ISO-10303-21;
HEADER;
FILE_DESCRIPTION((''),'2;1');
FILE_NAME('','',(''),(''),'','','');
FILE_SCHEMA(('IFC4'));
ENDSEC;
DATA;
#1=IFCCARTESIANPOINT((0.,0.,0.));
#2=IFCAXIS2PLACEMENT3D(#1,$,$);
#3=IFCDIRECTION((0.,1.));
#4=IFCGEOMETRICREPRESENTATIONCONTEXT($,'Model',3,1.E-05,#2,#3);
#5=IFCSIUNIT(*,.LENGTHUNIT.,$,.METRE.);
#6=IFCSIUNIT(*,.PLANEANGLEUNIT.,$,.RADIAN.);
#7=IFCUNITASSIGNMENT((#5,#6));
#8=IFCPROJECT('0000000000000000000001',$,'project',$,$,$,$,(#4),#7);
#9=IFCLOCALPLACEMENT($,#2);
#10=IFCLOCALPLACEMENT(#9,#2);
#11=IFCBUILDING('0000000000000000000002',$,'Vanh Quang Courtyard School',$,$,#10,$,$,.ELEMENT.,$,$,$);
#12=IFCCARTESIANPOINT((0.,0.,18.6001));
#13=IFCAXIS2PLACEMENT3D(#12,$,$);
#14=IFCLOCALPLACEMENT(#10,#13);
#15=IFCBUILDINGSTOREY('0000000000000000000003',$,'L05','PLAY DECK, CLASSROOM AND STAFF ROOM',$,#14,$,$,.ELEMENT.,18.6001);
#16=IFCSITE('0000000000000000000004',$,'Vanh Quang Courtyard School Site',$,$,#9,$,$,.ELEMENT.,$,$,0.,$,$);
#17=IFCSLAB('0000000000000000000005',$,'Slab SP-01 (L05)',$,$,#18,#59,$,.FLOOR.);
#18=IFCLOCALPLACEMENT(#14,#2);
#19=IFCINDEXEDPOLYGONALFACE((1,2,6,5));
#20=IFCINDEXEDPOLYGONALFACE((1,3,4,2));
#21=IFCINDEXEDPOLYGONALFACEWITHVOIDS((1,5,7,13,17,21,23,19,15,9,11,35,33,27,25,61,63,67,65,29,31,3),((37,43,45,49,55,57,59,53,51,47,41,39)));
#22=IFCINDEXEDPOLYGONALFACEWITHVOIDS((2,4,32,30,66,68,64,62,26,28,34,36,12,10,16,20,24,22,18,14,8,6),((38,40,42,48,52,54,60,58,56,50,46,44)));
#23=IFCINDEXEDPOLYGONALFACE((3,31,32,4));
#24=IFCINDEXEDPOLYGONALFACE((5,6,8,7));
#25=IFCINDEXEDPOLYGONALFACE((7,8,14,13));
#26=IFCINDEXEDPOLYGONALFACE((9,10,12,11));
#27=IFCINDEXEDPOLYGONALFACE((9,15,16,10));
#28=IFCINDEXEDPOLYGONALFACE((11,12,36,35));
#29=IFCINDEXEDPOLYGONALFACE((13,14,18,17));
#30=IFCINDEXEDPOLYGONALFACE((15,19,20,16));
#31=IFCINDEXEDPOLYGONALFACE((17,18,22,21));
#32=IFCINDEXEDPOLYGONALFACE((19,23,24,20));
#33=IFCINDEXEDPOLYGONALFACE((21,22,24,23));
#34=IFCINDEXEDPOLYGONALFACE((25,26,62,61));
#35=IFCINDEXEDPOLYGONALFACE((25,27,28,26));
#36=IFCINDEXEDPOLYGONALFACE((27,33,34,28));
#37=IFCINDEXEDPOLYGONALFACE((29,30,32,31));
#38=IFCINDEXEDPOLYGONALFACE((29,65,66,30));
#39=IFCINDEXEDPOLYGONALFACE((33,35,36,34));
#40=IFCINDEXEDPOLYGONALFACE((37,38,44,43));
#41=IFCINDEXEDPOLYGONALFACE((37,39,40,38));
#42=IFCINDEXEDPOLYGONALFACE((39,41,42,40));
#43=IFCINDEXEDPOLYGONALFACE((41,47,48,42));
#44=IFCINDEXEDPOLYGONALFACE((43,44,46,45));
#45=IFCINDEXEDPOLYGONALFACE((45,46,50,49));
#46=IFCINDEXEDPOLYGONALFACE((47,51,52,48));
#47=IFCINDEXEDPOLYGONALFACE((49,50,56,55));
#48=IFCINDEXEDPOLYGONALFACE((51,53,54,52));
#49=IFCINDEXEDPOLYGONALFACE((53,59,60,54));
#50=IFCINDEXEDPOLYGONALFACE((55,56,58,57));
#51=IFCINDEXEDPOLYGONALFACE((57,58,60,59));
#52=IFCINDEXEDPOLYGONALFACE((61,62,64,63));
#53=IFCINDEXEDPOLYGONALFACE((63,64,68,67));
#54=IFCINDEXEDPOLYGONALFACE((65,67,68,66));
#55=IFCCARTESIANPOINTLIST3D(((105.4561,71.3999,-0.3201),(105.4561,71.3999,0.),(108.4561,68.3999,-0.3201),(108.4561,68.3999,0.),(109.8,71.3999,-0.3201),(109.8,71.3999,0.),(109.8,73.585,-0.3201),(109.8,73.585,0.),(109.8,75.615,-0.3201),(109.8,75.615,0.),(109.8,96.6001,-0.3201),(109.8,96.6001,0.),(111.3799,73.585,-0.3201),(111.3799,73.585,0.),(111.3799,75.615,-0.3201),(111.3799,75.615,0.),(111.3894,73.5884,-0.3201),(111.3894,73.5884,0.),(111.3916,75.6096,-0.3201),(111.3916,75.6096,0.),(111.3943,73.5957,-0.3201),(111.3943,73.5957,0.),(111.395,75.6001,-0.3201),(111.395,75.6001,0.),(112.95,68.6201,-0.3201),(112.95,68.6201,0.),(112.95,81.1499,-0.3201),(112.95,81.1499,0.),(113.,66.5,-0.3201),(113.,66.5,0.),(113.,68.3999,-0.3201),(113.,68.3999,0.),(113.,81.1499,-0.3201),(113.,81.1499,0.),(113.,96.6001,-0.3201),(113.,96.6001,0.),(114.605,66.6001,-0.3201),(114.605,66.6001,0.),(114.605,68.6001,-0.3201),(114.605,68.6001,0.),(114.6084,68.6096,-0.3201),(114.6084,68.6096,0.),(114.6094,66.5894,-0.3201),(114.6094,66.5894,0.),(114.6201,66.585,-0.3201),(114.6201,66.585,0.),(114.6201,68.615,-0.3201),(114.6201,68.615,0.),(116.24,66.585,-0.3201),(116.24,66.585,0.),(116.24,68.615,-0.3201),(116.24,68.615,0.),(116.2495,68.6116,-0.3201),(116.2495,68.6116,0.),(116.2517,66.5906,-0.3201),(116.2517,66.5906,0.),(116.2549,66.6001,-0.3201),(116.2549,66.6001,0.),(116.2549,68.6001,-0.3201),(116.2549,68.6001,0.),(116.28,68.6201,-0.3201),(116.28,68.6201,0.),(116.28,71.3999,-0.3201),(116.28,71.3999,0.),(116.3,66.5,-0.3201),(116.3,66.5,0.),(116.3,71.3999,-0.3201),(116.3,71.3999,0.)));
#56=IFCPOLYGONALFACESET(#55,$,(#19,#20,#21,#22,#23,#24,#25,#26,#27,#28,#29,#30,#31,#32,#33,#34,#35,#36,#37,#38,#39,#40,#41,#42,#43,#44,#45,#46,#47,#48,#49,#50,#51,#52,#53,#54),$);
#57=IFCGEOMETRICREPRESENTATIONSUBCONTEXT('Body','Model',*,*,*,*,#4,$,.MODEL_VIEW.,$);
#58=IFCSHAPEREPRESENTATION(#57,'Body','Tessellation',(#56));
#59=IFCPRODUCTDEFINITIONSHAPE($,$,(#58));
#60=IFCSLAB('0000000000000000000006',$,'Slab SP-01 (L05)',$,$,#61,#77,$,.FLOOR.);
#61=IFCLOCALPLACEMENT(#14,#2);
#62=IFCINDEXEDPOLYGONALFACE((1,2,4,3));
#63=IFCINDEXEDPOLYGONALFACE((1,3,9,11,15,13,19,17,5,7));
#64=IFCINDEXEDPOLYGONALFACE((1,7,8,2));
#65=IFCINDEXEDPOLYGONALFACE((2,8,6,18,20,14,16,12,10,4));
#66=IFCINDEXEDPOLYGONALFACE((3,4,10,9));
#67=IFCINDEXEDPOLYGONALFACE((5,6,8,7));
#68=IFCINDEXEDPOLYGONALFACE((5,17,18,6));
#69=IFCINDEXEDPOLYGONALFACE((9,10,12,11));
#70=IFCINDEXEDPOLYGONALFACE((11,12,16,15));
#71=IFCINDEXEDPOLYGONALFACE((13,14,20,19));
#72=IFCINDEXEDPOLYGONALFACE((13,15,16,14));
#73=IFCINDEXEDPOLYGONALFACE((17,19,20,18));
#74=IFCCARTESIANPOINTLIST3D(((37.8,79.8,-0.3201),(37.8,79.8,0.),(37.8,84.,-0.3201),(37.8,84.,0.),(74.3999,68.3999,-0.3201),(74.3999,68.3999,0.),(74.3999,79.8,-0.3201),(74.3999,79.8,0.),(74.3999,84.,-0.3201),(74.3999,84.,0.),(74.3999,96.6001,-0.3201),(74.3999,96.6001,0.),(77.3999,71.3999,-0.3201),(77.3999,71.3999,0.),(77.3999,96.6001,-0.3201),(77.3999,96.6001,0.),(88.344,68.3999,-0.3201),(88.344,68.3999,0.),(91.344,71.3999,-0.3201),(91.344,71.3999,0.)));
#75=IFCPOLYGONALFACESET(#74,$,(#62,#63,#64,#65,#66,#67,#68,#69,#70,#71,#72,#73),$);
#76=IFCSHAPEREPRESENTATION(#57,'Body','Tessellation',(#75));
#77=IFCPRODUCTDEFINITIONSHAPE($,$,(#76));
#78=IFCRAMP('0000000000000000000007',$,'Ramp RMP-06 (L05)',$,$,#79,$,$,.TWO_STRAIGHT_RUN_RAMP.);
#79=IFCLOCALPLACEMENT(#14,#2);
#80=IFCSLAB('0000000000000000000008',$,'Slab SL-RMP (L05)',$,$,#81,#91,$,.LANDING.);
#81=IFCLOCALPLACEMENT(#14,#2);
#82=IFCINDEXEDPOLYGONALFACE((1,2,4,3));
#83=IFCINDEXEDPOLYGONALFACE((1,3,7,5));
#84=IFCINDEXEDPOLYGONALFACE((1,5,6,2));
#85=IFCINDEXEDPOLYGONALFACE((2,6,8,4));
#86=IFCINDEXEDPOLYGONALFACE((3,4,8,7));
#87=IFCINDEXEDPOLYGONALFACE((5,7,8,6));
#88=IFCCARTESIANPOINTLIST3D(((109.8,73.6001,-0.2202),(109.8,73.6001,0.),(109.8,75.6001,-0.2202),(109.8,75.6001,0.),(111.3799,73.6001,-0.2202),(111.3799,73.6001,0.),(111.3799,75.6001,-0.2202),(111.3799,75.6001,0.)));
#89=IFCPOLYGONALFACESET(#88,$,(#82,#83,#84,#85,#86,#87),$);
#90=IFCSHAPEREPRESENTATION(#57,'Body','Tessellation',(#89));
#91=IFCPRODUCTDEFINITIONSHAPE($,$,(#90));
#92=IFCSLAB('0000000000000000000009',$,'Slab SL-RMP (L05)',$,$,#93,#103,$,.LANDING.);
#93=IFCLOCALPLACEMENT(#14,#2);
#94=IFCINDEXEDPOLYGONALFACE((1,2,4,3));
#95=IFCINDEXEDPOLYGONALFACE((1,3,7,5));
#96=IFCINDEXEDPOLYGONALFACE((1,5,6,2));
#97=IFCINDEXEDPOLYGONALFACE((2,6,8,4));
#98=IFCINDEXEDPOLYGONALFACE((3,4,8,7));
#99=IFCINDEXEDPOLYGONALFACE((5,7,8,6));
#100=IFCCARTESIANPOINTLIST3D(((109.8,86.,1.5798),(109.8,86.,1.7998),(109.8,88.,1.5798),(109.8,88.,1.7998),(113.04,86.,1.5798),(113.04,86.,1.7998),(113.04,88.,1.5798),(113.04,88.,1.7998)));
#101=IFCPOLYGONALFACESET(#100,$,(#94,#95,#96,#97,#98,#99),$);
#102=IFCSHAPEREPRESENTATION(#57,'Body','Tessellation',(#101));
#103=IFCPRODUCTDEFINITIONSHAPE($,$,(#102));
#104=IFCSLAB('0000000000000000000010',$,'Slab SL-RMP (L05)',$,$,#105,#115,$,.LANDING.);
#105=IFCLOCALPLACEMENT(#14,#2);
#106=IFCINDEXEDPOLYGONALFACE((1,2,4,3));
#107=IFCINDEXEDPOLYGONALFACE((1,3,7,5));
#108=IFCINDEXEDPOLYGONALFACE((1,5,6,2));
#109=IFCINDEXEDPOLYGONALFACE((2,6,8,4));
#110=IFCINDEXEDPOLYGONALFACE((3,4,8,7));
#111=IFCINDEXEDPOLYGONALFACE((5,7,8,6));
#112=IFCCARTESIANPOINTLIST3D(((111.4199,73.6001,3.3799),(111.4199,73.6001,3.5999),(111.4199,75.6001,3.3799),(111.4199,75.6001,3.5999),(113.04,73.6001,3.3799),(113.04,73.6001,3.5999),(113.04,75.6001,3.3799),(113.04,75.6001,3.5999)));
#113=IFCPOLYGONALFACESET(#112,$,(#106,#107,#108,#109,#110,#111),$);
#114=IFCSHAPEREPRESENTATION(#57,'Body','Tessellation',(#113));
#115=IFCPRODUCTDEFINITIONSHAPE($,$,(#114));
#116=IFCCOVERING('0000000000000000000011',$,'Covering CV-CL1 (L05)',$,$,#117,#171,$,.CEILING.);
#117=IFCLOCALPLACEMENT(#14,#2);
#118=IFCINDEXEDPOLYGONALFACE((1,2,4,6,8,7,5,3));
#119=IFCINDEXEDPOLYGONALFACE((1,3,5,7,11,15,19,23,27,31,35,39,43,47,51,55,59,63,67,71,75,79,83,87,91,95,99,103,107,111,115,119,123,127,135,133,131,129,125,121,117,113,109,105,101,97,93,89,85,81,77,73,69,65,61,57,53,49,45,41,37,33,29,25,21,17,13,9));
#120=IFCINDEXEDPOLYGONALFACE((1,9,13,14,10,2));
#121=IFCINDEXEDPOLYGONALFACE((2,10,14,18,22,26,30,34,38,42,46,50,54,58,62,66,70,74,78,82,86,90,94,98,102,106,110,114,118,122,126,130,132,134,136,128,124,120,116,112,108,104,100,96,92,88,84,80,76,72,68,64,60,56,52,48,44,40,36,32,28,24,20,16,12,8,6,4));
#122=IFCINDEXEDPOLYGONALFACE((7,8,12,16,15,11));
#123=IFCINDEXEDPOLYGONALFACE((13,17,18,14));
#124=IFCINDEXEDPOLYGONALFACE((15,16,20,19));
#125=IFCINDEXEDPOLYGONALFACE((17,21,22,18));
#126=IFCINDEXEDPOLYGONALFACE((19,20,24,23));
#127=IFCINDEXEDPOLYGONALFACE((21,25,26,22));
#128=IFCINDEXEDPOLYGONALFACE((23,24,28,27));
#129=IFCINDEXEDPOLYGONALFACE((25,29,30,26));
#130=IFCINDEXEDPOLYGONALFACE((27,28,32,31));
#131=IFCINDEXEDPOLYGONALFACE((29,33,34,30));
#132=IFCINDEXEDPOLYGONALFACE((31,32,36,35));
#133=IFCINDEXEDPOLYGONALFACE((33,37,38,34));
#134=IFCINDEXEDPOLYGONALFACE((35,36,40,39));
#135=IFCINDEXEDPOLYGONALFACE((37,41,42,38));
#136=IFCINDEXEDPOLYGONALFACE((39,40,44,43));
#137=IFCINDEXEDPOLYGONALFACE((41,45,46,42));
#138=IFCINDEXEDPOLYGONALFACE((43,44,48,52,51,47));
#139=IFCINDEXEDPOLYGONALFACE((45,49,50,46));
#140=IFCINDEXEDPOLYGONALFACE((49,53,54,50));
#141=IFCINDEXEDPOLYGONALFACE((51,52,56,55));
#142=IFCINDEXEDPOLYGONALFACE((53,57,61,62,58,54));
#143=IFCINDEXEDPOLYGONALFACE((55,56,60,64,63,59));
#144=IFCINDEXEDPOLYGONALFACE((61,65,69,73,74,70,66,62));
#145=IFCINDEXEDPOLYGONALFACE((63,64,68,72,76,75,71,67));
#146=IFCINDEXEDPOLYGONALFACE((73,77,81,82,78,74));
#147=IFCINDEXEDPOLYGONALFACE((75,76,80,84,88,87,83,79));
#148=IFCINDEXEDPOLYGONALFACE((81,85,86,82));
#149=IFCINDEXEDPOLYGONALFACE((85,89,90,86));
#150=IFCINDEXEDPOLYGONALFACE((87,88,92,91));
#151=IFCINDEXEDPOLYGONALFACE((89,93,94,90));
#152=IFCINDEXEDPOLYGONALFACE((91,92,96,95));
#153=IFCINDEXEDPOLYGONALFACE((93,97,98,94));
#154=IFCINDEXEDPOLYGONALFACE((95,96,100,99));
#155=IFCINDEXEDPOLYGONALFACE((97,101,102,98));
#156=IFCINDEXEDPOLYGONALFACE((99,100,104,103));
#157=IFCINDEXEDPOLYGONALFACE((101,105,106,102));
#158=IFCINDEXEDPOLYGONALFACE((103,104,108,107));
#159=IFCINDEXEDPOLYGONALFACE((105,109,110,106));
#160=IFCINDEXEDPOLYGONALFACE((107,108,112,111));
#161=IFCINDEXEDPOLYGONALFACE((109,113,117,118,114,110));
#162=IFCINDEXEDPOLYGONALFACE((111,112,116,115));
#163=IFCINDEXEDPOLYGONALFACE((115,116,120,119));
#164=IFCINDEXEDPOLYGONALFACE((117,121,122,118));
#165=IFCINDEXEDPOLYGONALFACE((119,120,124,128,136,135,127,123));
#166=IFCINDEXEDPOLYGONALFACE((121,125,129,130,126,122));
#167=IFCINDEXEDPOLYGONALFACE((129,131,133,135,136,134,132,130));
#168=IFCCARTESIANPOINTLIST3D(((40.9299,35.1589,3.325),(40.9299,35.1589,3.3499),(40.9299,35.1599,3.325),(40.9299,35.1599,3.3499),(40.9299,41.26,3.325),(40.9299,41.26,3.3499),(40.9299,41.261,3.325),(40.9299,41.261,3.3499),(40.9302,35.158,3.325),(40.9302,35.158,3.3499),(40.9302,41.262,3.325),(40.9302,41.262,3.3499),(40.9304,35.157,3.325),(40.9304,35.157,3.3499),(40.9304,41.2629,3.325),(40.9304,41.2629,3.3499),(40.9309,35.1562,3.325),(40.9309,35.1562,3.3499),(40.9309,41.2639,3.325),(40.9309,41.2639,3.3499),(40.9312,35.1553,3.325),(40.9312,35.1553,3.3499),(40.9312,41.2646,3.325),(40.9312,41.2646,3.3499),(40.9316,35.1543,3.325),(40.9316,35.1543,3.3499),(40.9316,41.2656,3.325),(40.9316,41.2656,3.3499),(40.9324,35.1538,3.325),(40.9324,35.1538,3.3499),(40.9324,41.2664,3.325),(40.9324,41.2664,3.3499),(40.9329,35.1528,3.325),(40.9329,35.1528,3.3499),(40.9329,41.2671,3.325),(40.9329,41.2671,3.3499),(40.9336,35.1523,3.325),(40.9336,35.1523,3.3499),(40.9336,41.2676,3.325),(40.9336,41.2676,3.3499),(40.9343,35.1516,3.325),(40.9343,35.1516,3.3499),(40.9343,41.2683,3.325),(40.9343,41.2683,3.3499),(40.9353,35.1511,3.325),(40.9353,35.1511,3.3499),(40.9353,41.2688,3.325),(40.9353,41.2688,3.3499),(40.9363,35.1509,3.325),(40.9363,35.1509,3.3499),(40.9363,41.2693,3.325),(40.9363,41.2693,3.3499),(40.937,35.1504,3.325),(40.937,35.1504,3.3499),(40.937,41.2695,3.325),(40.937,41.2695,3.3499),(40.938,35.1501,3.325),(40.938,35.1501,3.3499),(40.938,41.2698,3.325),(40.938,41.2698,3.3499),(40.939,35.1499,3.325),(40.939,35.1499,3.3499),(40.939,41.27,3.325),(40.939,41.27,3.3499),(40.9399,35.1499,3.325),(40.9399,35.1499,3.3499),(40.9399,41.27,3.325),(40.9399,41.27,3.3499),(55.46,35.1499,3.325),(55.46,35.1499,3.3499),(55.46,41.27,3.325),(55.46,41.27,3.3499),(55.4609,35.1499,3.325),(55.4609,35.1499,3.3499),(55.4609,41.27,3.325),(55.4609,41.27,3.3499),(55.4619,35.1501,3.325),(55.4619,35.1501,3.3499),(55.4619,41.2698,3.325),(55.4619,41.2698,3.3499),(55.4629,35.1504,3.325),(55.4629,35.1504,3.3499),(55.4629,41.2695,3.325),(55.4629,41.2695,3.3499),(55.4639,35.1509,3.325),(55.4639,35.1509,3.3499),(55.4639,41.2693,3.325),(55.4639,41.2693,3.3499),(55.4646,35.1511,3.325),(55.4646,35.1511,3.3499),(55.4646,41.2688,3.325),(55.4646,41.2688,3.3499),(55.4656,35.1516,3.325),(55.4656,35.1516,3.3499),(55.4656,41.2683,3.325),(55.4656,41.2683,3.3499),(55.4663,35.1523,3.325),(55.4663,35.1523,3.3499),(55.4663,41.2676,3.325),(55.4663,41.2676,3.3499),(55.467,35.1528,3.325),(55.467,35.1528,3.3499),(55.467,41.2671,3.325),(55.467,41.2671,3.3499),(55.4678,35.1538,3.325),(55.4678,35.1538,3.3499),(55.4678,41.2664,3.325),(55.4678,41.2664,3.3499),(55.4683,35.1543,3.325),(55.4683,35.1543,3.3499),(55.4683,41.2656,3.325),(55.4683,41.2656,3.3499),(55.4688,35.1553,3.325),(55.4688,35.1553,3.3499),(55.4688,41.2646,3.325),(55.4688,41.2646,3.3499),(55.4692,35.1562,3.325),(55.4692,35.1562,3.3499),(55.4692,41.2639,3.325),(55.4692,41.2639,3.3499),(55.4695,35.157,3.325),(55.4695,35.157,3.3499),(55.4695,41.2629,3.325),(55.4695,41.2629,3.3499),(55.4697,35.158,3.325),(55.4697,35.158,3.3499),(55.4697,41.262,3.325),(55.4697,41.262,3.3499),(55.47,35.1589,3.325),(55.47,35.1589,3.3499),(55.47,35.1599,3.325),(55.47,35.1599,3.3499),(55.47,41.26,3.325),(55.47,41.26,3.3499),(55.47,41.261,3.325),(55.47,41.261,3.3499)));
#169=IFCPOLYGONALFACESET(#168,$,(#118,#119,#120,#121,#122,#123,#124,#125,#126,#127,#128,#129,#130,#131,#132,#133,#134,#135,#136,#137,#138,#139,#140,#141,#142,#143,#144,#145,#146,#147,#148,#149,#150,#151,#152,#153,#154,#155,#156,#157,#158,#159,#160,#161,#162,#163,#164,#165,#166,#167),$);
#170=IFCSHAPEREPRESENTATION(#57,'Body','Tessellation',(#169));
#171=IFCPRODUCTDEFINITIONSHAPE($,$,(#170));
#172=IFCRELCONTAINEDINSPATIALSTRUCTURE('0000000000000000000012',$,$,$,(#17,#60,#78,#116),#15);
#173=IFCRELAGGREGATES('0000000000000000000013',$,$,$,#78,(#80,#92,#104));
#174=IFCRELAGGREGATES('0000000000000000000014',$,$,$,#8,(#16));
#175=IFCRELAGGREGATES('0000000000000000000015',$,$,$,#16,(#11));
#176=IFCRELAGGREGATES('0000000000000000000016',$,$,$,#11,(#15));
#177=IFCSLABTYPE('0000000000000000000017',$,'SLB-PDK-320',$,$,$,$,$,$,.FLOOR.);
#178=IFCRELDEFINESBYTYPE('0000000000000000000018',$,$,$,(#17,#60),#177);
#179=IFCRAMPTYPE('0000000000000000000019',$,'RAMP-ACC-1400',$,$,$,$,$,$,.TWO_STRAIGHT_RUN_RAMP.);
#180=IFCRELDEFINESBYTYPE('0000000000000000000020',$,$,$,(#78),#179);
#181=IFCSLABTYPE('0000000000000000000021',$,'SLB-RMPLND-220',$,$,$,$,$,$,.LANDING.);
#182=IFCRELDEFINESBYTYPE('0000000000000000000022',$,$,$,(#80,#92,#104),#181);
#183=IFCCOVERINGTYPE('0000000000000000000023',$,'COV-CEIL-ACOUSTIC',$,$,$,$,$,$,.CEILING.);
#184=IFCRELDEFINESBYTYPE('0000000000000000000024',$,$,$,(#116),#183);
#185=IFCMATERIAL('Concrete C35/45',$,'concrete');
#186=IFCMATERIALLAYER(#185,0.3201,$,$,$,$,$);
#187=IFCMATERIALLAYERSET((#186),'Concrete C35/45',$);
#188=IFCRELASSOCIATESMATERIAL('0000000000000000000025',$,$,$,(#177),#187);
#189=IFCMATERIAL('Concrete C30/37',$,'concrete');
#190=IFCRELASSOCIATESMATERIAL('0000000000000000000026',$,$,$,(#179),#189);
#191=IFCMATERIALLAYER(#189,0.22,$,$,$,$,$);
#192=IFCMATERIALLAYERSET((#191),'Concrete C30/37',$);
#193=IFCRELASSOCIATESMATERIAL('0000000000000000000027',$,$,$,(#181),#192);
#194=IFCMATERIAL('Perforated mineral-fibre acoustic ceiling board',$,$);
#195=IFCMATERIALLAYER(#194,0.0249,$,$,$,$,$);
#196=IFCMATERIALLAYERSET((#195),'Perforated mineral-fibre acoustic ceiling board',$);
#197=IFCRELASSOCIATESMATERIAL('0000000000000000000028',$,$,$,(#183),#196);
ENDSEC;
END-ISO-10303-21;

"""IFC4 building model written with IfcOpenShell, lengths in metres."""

from ifc_helpers import new_model, si_unit, direction, frame, origin, place, context, subcontext, project, spatial, polyline, outline, extrude, material, layer, layer_set, type_object, element, aggregate, save


model = new_model("IFC4")

# Units and contexts
model_context = context("Model", 3, precision=1e-05, world=origin(), true_north=direction((0.0, 1.0)))
body_context = subcontext(model_context, "Body", "Model", "MODEL_VIEW")
ifc_project = project(units=[si_unit("LENGTHUNIT", "METRE"), si_unit("PLANEANGLEUNIT", "RADIAN")], contexts=[model_context])

# Site, building, storey
site_placement = place(None, origin())
site = spatial("IfcSite", under=ifc_project, at=site_placement, Name="Vanh Quang Courtyard School Site", CompositionType="ELEMENT", RefElevation=0.0)
building_placement = place(site_placement, origin())
building = spatial("IfcBuilding", under=site, at=building_placement, Name="Vanh Quang Courtyard School", CompositionType="ELEMENT")
storey_placement = place(building_placement, frame((0.0, 0.0, 18.6001)))
storey = spatial("IfcBuildingStorey", under=building, at=storey_placement, Name="L05", Description="PLAY DECK, CLASSROOM AND STAFF ROOM", CompositionType="ELEMENT", Elevation=18.6001)

# Shared definitions
ifc_material_1 = material(Name="Concrete C35/45", Category="concrete")

# Shared definitions
ifc_material_2 = material(Name="Concrete C30/37", Category="concrete")

# Slabs
ifc_layer_1 = layer(ifc_material_1, 0.3201)
ifc_layer_set_1 = layer_set([ifc_layer_1], Name="Concrete C35/45")
slab_type_1 = type_object("IfcSlabType", Name="SLB-PDK-320", PredefinedType="FLOOR", material=ifc_layer_set_1)
slab_1_placement = place(storey_placement, frame((0.0, 0.0, -0.3201)))
element("IfcSlab", 1, at=slab_1_placement, inside=storey, type_object=slab_type_1, Name="Slab SP-01 (L05)", PredefinedType="FLOOR", context=body_context, shape_type="SweptSolid", body=[
    extrude(outline(polyline([(108.4561, 68.3999), (113.0, 68.3999), (113.0, 66.5), (116.3, 66.5), (116.3, 71.3999), (116.28, 71.3999), (116.28, 68.6201), (112.95, 68.6201), (112.95, 81.1499), (113.0, 81.1499), (113.0, 96.6001), (109.8, 96.6001), (109.8, 75.615), (111.3799, 75.615), (111.3916, 75.6096), (111.395, 75.6001), (111.3943, 73.5957), (111.3894, 73.5884), (111.3799, 73.585), (109.8, 73.585), (109.8, 71.3999), (105.4561, 71.3999), (108.4561, 68.3999)]), holes=[polyline([(114.6094, 66.5894), (114.605, 66.6001), (114.605, 68.6001), (114.6084, 68.6096), (114.6201, 68.615), (116.24, 68.615), (116.2495, 68.6116), (116.2549, 68.6001), (116.2549, 66.6001), (116.2517, 66.5906), (116.24, 66.585), (114.6201, 66.585), (114.6094, 66.5894)])]), origin(), (0.0, 0.0, 1.0), 0.3201),
])
slab_2_placement = place(storey_placement, frame((0.0, 0.0, -0.3201)))
element("IfcSlab", 2, at=slab_2_placement, inside=storey, type_object=slab_type_1, Name="Slab SP-01 (L05)", PredefinedType="FLOOR", context=body_context, shape_type="SweptSolid", body=[
    extrude(outline(polyline([(74.3999, 79.8), (74.3999, 68.3999), (88.344, 68.3999), (91.344, 71.3999), (77.3999, 71.3999), (77.3999, 96.6001), (74.3999, 96.6001), (74.3999, 84.0), (37.8, 84.0), (37.8, 79.8), (74.3999, 79.8)])), origin(), (0.0, 0.0, 1.0), 0.3201),
])

# Ramp, slabs
ramp_type = type_object("IfcRampType", Name="RAMP-ACC-1400", PredefinedType="TWO_STRAIGHT_RUN_RAMP", material=ifc_material_2)
ramp_placement = place(storey_placement, origin())
ramp = element("IfcRamp", 3, at=ramp_placement, inside=storey, type_object=ramp_type, Name="Ramp RMP-06 (L05)", PredefinedType="TWO_STRAIGHT_RUN_RAMP")
ifc_layer_2 = layer(ifc_material_2, 0.22)
ifc_layer_set_2 = layer_set([ifc_layer_2], Name="Concrete C30/37")
slab_type_2 = type_object("IfcSlabType", Name="SLB-RMPLND-220", PredefinedType="LANDING", material=ifc_layer_set_2)
slab_3_placement = place(storey_placement, frame((0.0, 0.0, -0.2202)))
slab_3 = element("IfcSlab", 4, at=slab_3_placement, type_object=slab_type_2, Name="Slab SL-RMP (L05)", PredefinedType="LANDING", context=body_context, shape_type="SweptSolid", body=[
    extrude(outline(polyline([(111.3799, 73.6001), (111.3799, 75.6001), (109.8, 75.6001), (109.8, 73.6001), (111.3799, 73.6001)])), origin(), (0.0, 0.0, 1.0), 0.2202),
])
slab_4_placement = place(storey_placement, frame((0.0, 0.0, 1.5798)))
slab_4 = element("IfcSlab", 5, at=slab_4_placement, type_object=slab_type_2, Name="Slab SL-RMP (L05)", PredefinedType="LANDING", context=body_context, shape_type="SweptSolid", body=[
    extrude(outline(polyline([(113.04, 86.0), (113.04, 88.0), (109.8, 88.0), (109.8, 86.0), (113.04, 86.0)])), origin(), (0.0, 0.0, 1.0), 0.22),
])
slab_5_placement = place(storey_placement, frame((0.0, 0.0, 3.3799)))
slab_5 = element("IfcSlab", 6, at=slab_5_placement, type_object=slab_type_2, Name="Slab SL-RMP (L05)", PredefinedType="LANDING", context=body_context, shape_type="SweptSolid", body=[
    extrude(outline(polyline([(113.04, 73.6001), (113.04, 75.6001), (111.4199, 75.6001), (111.4199, 73.6001), (113.04, 73.6001)])), origin(), (0.0, 0.0, 1.0), 0.22),
])
aggregate(ramp, [slab_3, slab_4, slab_5])

# Covering
ifc_material_3 = material(Name="Perforated mineral-fibre acoustic ceiling board")
ifc_layer_3 = layer(ifc_material_3, 0.0249)
ifc_layer_set_3 = layer_set([ifc_layer_3], Name="Perforated mineral-fibre acoustic ceiling board")
covering_type_1 = type_object("IfcCoveringType", Name="COV-CEIL-ACOUSTIC", PredefinedType="CEILING", material=ifc_layer_set_3)
covering_1_placement = place(storey_placement, frame((0.0, 0.0, 3.325)))
element("IfcCovering", 7, at=covering_1_placement, inside=storey, type_object=covering_type_1, Name="Covering CV-CL1 (L05)", PredefinedType="CEILING", context=body_context, shape_type="SweptSolid", body=[
    extrude(outline(polyline([(55.47, 35.1599), (55.47, 35.1589), (55.4697, 35.158), (55.4695, 35.157), (55.4692, 35.1562), (55.4688, 35.1553), (55.4683, 35.1543), (55.4678, 35.1538), (55.467, 35.1528), (55.4663, 35.1523), (55.4656, 35.1516), (55.4646, 35.1511), (55.4639, 35.1509), (55.4629, 35.1504), (55.4619, 35.1501), (55.4609, 35.1499), (55.46, 35.1499), (40.9399, 35.1499), (40.939, 35.1499), (40.938, 35.1501), (40.937, 35.1504), (40.9363, 35.1509), (40.9353, 35.1511), (40.9343, 35.1516), (40.9336, 35.1523), (40.9329, 35.1528), (40.9324, 35.1538), (40.9316, 35.1543), (40.9312, 35.1553), (40.9309, 35.1562), (40.9304, 35.157), (40.9302, 35.158), (40.9299, 35.1589), (40.9299, 35.1599), (40.9299, 41.26), (40.9299, 41.261), (40.9302, 41.262), (40.9304, 41.2629), (40.9309, 41.2639), (40.9312, 41.2646), (40.9316, 41.2656), (40.9324, 41.2664), (40.9329, 41.2671), (40.9336, 41.2676), (40.9343, 41.2683), (40.9353, 41.2688), (40.9363, 41.2693), (40.937, 41.2695), (40.938, 41.2698), (40.939, 41.27), (40.9399, 41.27), (55.46, 41.27), (55.4609, 41.27), (55.4619, 41.2698), (55.4629, 41.2695), (55.4639, 41.2693), (55.4646, 41.2688), (55.4656, 41.2683), (55.4663, 41.2676), (55.467, 41.2671), (55.4678, 41.2664), (55.4683, 41.2656), (55.4688, 41.2646), (55.4692, 41.2639), (55.4695, 41.2629), (55.4697, 41.262), (55.47, 41.261), (55.47, 41.26), (55.47, 35.1599)])), origin(), (0.0, 0.0, 1.0), 0.0249),
])

save(model, "model.ifc")
